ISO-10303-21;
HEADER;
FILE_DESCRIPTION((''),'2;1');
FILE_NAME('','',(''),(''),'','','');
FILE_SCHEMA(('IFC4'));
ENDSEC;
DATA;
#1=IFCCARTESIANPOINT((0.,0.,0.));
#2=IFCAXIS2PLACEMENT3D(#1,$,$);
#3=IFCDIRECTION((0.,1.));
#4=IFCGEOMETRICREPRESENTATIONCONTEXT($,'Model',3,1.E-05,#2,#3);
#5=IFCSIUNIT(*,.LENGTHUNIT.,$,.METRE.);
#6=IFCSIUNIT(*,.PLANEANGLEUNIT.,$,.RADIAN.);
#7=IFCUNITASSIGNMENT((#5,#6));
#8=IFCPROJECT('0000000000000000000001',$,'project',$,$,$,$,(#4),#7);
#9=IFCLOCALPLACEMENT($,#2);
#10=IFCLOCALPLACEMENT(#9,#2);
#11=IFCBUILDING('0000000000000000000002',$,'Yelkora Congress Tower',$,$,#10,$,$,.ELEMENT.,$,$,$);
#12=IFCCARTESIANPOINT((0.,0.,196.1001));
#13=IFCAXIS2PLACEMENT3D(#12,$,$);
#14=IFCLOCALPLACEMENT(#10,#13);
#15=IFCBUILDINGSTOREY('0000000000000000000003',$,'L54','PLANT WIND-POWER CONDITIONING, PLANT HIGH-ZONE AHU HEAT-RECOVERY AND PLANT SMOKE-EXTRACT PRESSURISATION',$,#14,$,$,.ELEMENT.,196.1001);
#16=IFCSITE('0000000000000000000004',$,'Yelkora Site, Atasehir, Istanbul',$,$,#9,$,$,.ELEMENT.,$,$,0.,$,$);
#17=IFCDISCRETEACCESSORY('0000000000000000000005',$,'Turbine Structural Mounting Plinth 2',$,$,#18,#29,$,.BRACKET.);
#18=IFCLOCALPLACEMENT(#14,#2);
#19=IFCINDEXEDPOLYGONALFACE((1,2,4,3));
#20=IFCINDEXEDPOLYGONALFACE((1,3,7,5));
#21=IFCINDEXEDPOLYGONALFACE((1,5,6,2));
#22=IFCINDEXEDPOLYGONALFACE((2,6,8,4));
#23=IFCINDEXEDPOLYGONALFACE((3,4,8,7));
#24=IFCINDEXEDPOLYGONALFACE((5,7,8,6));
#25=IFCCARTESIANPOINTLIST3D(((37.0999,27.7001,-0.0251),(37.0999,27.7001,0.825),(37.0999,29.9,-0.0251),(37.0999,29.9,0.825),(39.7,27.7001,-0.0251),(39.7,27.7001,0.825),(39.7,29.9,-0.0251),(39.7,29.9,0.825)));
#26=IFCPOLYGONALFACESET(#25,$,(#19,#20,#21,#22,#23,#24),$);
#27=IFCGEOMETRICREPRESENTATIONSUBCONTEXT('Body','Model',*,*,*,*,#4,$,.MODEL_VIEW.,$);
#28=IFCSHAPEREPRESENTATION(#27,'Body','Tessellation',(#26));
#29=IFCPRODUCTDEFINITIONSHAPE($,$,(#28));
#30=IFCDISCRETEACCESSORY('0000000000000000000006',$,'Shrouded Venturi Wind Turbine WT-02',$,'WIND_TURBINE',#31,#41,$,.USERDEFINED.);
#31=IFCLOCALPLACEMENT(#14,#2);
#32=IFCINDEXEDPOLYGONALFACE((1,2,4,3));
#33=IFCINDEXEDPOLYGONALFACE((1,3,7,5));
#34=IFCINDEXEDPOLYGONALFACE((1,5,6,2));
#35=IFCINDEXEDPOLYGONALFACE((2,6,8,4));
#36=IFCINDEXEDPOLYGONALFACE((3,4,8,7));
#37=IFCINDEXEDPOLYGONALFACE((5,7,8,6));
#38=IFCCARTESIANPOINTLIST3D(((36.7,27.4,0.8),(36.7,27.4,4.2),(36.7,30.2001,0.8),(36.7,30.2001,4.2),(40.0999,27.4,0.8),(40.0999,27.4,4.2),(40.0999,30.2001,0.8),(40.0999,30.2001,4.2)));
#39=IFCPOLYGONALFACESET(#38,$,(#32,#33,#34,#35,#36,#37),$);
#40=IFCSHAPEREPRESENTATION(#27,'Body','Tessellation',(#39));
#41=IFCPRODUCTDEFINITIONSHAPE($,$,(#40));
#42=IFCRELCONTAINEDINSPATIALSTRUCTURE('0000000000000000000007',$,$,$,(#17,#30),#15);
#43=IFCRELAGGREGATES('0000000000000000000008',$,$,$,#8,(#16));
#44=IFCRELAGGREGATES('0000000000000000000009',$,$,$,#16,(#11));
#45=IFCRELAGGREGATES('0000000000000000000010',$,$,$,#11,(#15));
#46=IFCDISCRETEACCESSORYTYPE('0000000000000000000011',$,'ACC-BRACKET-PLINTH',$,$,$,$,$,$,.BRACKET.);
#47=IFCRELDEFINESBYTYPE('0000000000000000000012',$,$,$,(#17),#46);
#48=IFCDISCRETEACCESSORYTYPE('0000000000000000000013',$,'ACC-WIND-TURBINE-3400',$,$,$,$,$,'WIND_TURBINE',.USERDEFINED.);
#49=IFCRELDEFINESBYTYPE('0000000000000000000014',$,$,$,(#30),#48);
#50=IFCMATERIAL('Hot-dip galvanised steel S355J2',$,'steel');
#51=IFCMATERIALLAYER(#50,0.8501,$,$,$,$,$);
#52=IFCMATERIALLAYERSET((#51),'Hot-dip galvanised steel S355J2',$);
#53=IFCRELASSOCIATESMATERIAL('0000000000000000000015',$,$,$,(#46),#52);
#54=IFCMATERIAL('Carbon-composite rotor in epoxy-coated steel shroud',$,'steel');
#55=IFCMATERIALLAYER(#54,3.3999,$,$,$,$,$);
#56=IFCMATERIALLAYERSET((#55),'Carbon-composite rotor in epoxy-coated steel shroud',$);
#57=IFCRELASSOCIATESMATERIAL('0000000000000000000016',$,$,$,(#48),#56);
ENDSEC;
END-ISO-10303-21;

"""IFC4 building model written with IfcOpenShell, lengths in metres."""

from ifc_helpers import new_model, si_unit, direction, frame, origin, origin_2d, place, context, subcontext, project, spatial, rectangle, extrude, material, layer, layer_set, type_object, element, save


model = new_model("IFC4")

# Units and contexts
model_context = context("Model", 3, precision=1e-05, world=origin(), true_north=direction((0.0, 1.0)))
body_context = subcontext(model_context, "Body", "Model", "MODEL_VIEW")
ifc_project = project(units=[si_unit("LENGTHUNIT", "METRE"), si_unit("PLANEANGLEUNIT", "RADIAN")], contexts=[model_context])

# Site, building, storey
site_placement = place(None, origin())
site = spatial("IfcSite", under=ifc_project, at=site_placement, Name="Yelkora Site, Atasehir, Istanbul", CompositionType="ELEMENT", RefElevation=0.0)
building_placement = place(site_placement, origin())
building = spatial("IfcBuilding", under=site, at=building_placement, Name="Yelkora Congress Tower", CompositionType="ELEMENT")
storey_placement = place(building_placement, frame((0.0, 0.0, 196.1001)))
storey = spatial("IfcBuildingStorey", under=building, at=storey_placement, Name="L54", Description="PLANT WIND-POWER CONDITIONING, PLANT HIGH-ZONE AHU HEAT-RECOVERY AND PLANT SMOKE-EXTRACT PRESSURISATION", CompositionType="ELEMENT", Elevation=196.1001)

# Discrete accessories
ifc_material_1 = material(Name="Hot-dip galvanised steel S355J2", Category="steel")
ifc_layer_1 = layer(ifc_material_1, 0.8501)
ifc_layer_set_1 = layer_set([ifc_layer_1], Name="Hot-dip galvanised steel S355J2")
discrete_accessory_type_1 = type_object("IfcDiscreteAccessoryType", Name="ACC-BRACKET-PLINTH", PredefinedType="BRACKET", material=ifc_layer_set_1)
discrete_accessory_1_placement = place(storey_placement, frame((38.3999, 28.8, -0.0251), z_axis=(0.0, 0.0, 1.0), x_axis=(1.0, 0.0, 0.0)))
element("IfcDiscreteAccessory", 1, at=discrete_accessory_1_placement, inside=storey, type_object=discrete_accessory_type_1, Name="Turbine Structural Mounting Plinth 2", PredefinedType="BRACKET", context=body_context, shape_type="SweptSolid", body=[
    extrude(rectangle(XDim=2.6001, YDim=2.2, at=origin_2d()), origin(), (0.0, 0.0, 1.0), 0.8501),
])
ifc_material_2 = material(Name="Carbon-composite rotor in epoxy-coated steel shroud", Category="steel")
ifc_layer_2 = layer(ifc_material_2, 3.3999)
ifc_layer_set_2 = layer_set([ifc_layer_2], Name="Carbon-composite rotor in epoxy-coated steel shroud")
discrete_accessory_type_2 = type_object("IfcDiscreteAccessoryType", Name="ACC-WIND-TURBINE-3400", ElementType="WIND_TURBINE", PredefinedType="USERDEFINED", material=ifc_layer_set_2)
discrete_accessory_2_placement = place(storey_placement, frame((38.3999, 28.8, 0.8), z_axis=(0.0, 0.0, 1.0), x_axis=(1.0, 0.0, 0.0)))
element("IfcDiscreteAccessory", 2, at=discrete_accessory_2_placement, inside=storey, type_object=discrete_accessory_type_2, Name="Shrouded Venturi Wind Turbine WT-02", ObjectType="WIND_TURBINE", PredefinedType="USERDEFINED", context=body_context, shape_type="SweptSolid", body=[
    extrude(rectangle(XDim=3.3999, YDim=2.8, at=origin_2d()), origin(), (0.0, 0.0, 1.0), 3.3999),
])

save(model, "model.ifc")
